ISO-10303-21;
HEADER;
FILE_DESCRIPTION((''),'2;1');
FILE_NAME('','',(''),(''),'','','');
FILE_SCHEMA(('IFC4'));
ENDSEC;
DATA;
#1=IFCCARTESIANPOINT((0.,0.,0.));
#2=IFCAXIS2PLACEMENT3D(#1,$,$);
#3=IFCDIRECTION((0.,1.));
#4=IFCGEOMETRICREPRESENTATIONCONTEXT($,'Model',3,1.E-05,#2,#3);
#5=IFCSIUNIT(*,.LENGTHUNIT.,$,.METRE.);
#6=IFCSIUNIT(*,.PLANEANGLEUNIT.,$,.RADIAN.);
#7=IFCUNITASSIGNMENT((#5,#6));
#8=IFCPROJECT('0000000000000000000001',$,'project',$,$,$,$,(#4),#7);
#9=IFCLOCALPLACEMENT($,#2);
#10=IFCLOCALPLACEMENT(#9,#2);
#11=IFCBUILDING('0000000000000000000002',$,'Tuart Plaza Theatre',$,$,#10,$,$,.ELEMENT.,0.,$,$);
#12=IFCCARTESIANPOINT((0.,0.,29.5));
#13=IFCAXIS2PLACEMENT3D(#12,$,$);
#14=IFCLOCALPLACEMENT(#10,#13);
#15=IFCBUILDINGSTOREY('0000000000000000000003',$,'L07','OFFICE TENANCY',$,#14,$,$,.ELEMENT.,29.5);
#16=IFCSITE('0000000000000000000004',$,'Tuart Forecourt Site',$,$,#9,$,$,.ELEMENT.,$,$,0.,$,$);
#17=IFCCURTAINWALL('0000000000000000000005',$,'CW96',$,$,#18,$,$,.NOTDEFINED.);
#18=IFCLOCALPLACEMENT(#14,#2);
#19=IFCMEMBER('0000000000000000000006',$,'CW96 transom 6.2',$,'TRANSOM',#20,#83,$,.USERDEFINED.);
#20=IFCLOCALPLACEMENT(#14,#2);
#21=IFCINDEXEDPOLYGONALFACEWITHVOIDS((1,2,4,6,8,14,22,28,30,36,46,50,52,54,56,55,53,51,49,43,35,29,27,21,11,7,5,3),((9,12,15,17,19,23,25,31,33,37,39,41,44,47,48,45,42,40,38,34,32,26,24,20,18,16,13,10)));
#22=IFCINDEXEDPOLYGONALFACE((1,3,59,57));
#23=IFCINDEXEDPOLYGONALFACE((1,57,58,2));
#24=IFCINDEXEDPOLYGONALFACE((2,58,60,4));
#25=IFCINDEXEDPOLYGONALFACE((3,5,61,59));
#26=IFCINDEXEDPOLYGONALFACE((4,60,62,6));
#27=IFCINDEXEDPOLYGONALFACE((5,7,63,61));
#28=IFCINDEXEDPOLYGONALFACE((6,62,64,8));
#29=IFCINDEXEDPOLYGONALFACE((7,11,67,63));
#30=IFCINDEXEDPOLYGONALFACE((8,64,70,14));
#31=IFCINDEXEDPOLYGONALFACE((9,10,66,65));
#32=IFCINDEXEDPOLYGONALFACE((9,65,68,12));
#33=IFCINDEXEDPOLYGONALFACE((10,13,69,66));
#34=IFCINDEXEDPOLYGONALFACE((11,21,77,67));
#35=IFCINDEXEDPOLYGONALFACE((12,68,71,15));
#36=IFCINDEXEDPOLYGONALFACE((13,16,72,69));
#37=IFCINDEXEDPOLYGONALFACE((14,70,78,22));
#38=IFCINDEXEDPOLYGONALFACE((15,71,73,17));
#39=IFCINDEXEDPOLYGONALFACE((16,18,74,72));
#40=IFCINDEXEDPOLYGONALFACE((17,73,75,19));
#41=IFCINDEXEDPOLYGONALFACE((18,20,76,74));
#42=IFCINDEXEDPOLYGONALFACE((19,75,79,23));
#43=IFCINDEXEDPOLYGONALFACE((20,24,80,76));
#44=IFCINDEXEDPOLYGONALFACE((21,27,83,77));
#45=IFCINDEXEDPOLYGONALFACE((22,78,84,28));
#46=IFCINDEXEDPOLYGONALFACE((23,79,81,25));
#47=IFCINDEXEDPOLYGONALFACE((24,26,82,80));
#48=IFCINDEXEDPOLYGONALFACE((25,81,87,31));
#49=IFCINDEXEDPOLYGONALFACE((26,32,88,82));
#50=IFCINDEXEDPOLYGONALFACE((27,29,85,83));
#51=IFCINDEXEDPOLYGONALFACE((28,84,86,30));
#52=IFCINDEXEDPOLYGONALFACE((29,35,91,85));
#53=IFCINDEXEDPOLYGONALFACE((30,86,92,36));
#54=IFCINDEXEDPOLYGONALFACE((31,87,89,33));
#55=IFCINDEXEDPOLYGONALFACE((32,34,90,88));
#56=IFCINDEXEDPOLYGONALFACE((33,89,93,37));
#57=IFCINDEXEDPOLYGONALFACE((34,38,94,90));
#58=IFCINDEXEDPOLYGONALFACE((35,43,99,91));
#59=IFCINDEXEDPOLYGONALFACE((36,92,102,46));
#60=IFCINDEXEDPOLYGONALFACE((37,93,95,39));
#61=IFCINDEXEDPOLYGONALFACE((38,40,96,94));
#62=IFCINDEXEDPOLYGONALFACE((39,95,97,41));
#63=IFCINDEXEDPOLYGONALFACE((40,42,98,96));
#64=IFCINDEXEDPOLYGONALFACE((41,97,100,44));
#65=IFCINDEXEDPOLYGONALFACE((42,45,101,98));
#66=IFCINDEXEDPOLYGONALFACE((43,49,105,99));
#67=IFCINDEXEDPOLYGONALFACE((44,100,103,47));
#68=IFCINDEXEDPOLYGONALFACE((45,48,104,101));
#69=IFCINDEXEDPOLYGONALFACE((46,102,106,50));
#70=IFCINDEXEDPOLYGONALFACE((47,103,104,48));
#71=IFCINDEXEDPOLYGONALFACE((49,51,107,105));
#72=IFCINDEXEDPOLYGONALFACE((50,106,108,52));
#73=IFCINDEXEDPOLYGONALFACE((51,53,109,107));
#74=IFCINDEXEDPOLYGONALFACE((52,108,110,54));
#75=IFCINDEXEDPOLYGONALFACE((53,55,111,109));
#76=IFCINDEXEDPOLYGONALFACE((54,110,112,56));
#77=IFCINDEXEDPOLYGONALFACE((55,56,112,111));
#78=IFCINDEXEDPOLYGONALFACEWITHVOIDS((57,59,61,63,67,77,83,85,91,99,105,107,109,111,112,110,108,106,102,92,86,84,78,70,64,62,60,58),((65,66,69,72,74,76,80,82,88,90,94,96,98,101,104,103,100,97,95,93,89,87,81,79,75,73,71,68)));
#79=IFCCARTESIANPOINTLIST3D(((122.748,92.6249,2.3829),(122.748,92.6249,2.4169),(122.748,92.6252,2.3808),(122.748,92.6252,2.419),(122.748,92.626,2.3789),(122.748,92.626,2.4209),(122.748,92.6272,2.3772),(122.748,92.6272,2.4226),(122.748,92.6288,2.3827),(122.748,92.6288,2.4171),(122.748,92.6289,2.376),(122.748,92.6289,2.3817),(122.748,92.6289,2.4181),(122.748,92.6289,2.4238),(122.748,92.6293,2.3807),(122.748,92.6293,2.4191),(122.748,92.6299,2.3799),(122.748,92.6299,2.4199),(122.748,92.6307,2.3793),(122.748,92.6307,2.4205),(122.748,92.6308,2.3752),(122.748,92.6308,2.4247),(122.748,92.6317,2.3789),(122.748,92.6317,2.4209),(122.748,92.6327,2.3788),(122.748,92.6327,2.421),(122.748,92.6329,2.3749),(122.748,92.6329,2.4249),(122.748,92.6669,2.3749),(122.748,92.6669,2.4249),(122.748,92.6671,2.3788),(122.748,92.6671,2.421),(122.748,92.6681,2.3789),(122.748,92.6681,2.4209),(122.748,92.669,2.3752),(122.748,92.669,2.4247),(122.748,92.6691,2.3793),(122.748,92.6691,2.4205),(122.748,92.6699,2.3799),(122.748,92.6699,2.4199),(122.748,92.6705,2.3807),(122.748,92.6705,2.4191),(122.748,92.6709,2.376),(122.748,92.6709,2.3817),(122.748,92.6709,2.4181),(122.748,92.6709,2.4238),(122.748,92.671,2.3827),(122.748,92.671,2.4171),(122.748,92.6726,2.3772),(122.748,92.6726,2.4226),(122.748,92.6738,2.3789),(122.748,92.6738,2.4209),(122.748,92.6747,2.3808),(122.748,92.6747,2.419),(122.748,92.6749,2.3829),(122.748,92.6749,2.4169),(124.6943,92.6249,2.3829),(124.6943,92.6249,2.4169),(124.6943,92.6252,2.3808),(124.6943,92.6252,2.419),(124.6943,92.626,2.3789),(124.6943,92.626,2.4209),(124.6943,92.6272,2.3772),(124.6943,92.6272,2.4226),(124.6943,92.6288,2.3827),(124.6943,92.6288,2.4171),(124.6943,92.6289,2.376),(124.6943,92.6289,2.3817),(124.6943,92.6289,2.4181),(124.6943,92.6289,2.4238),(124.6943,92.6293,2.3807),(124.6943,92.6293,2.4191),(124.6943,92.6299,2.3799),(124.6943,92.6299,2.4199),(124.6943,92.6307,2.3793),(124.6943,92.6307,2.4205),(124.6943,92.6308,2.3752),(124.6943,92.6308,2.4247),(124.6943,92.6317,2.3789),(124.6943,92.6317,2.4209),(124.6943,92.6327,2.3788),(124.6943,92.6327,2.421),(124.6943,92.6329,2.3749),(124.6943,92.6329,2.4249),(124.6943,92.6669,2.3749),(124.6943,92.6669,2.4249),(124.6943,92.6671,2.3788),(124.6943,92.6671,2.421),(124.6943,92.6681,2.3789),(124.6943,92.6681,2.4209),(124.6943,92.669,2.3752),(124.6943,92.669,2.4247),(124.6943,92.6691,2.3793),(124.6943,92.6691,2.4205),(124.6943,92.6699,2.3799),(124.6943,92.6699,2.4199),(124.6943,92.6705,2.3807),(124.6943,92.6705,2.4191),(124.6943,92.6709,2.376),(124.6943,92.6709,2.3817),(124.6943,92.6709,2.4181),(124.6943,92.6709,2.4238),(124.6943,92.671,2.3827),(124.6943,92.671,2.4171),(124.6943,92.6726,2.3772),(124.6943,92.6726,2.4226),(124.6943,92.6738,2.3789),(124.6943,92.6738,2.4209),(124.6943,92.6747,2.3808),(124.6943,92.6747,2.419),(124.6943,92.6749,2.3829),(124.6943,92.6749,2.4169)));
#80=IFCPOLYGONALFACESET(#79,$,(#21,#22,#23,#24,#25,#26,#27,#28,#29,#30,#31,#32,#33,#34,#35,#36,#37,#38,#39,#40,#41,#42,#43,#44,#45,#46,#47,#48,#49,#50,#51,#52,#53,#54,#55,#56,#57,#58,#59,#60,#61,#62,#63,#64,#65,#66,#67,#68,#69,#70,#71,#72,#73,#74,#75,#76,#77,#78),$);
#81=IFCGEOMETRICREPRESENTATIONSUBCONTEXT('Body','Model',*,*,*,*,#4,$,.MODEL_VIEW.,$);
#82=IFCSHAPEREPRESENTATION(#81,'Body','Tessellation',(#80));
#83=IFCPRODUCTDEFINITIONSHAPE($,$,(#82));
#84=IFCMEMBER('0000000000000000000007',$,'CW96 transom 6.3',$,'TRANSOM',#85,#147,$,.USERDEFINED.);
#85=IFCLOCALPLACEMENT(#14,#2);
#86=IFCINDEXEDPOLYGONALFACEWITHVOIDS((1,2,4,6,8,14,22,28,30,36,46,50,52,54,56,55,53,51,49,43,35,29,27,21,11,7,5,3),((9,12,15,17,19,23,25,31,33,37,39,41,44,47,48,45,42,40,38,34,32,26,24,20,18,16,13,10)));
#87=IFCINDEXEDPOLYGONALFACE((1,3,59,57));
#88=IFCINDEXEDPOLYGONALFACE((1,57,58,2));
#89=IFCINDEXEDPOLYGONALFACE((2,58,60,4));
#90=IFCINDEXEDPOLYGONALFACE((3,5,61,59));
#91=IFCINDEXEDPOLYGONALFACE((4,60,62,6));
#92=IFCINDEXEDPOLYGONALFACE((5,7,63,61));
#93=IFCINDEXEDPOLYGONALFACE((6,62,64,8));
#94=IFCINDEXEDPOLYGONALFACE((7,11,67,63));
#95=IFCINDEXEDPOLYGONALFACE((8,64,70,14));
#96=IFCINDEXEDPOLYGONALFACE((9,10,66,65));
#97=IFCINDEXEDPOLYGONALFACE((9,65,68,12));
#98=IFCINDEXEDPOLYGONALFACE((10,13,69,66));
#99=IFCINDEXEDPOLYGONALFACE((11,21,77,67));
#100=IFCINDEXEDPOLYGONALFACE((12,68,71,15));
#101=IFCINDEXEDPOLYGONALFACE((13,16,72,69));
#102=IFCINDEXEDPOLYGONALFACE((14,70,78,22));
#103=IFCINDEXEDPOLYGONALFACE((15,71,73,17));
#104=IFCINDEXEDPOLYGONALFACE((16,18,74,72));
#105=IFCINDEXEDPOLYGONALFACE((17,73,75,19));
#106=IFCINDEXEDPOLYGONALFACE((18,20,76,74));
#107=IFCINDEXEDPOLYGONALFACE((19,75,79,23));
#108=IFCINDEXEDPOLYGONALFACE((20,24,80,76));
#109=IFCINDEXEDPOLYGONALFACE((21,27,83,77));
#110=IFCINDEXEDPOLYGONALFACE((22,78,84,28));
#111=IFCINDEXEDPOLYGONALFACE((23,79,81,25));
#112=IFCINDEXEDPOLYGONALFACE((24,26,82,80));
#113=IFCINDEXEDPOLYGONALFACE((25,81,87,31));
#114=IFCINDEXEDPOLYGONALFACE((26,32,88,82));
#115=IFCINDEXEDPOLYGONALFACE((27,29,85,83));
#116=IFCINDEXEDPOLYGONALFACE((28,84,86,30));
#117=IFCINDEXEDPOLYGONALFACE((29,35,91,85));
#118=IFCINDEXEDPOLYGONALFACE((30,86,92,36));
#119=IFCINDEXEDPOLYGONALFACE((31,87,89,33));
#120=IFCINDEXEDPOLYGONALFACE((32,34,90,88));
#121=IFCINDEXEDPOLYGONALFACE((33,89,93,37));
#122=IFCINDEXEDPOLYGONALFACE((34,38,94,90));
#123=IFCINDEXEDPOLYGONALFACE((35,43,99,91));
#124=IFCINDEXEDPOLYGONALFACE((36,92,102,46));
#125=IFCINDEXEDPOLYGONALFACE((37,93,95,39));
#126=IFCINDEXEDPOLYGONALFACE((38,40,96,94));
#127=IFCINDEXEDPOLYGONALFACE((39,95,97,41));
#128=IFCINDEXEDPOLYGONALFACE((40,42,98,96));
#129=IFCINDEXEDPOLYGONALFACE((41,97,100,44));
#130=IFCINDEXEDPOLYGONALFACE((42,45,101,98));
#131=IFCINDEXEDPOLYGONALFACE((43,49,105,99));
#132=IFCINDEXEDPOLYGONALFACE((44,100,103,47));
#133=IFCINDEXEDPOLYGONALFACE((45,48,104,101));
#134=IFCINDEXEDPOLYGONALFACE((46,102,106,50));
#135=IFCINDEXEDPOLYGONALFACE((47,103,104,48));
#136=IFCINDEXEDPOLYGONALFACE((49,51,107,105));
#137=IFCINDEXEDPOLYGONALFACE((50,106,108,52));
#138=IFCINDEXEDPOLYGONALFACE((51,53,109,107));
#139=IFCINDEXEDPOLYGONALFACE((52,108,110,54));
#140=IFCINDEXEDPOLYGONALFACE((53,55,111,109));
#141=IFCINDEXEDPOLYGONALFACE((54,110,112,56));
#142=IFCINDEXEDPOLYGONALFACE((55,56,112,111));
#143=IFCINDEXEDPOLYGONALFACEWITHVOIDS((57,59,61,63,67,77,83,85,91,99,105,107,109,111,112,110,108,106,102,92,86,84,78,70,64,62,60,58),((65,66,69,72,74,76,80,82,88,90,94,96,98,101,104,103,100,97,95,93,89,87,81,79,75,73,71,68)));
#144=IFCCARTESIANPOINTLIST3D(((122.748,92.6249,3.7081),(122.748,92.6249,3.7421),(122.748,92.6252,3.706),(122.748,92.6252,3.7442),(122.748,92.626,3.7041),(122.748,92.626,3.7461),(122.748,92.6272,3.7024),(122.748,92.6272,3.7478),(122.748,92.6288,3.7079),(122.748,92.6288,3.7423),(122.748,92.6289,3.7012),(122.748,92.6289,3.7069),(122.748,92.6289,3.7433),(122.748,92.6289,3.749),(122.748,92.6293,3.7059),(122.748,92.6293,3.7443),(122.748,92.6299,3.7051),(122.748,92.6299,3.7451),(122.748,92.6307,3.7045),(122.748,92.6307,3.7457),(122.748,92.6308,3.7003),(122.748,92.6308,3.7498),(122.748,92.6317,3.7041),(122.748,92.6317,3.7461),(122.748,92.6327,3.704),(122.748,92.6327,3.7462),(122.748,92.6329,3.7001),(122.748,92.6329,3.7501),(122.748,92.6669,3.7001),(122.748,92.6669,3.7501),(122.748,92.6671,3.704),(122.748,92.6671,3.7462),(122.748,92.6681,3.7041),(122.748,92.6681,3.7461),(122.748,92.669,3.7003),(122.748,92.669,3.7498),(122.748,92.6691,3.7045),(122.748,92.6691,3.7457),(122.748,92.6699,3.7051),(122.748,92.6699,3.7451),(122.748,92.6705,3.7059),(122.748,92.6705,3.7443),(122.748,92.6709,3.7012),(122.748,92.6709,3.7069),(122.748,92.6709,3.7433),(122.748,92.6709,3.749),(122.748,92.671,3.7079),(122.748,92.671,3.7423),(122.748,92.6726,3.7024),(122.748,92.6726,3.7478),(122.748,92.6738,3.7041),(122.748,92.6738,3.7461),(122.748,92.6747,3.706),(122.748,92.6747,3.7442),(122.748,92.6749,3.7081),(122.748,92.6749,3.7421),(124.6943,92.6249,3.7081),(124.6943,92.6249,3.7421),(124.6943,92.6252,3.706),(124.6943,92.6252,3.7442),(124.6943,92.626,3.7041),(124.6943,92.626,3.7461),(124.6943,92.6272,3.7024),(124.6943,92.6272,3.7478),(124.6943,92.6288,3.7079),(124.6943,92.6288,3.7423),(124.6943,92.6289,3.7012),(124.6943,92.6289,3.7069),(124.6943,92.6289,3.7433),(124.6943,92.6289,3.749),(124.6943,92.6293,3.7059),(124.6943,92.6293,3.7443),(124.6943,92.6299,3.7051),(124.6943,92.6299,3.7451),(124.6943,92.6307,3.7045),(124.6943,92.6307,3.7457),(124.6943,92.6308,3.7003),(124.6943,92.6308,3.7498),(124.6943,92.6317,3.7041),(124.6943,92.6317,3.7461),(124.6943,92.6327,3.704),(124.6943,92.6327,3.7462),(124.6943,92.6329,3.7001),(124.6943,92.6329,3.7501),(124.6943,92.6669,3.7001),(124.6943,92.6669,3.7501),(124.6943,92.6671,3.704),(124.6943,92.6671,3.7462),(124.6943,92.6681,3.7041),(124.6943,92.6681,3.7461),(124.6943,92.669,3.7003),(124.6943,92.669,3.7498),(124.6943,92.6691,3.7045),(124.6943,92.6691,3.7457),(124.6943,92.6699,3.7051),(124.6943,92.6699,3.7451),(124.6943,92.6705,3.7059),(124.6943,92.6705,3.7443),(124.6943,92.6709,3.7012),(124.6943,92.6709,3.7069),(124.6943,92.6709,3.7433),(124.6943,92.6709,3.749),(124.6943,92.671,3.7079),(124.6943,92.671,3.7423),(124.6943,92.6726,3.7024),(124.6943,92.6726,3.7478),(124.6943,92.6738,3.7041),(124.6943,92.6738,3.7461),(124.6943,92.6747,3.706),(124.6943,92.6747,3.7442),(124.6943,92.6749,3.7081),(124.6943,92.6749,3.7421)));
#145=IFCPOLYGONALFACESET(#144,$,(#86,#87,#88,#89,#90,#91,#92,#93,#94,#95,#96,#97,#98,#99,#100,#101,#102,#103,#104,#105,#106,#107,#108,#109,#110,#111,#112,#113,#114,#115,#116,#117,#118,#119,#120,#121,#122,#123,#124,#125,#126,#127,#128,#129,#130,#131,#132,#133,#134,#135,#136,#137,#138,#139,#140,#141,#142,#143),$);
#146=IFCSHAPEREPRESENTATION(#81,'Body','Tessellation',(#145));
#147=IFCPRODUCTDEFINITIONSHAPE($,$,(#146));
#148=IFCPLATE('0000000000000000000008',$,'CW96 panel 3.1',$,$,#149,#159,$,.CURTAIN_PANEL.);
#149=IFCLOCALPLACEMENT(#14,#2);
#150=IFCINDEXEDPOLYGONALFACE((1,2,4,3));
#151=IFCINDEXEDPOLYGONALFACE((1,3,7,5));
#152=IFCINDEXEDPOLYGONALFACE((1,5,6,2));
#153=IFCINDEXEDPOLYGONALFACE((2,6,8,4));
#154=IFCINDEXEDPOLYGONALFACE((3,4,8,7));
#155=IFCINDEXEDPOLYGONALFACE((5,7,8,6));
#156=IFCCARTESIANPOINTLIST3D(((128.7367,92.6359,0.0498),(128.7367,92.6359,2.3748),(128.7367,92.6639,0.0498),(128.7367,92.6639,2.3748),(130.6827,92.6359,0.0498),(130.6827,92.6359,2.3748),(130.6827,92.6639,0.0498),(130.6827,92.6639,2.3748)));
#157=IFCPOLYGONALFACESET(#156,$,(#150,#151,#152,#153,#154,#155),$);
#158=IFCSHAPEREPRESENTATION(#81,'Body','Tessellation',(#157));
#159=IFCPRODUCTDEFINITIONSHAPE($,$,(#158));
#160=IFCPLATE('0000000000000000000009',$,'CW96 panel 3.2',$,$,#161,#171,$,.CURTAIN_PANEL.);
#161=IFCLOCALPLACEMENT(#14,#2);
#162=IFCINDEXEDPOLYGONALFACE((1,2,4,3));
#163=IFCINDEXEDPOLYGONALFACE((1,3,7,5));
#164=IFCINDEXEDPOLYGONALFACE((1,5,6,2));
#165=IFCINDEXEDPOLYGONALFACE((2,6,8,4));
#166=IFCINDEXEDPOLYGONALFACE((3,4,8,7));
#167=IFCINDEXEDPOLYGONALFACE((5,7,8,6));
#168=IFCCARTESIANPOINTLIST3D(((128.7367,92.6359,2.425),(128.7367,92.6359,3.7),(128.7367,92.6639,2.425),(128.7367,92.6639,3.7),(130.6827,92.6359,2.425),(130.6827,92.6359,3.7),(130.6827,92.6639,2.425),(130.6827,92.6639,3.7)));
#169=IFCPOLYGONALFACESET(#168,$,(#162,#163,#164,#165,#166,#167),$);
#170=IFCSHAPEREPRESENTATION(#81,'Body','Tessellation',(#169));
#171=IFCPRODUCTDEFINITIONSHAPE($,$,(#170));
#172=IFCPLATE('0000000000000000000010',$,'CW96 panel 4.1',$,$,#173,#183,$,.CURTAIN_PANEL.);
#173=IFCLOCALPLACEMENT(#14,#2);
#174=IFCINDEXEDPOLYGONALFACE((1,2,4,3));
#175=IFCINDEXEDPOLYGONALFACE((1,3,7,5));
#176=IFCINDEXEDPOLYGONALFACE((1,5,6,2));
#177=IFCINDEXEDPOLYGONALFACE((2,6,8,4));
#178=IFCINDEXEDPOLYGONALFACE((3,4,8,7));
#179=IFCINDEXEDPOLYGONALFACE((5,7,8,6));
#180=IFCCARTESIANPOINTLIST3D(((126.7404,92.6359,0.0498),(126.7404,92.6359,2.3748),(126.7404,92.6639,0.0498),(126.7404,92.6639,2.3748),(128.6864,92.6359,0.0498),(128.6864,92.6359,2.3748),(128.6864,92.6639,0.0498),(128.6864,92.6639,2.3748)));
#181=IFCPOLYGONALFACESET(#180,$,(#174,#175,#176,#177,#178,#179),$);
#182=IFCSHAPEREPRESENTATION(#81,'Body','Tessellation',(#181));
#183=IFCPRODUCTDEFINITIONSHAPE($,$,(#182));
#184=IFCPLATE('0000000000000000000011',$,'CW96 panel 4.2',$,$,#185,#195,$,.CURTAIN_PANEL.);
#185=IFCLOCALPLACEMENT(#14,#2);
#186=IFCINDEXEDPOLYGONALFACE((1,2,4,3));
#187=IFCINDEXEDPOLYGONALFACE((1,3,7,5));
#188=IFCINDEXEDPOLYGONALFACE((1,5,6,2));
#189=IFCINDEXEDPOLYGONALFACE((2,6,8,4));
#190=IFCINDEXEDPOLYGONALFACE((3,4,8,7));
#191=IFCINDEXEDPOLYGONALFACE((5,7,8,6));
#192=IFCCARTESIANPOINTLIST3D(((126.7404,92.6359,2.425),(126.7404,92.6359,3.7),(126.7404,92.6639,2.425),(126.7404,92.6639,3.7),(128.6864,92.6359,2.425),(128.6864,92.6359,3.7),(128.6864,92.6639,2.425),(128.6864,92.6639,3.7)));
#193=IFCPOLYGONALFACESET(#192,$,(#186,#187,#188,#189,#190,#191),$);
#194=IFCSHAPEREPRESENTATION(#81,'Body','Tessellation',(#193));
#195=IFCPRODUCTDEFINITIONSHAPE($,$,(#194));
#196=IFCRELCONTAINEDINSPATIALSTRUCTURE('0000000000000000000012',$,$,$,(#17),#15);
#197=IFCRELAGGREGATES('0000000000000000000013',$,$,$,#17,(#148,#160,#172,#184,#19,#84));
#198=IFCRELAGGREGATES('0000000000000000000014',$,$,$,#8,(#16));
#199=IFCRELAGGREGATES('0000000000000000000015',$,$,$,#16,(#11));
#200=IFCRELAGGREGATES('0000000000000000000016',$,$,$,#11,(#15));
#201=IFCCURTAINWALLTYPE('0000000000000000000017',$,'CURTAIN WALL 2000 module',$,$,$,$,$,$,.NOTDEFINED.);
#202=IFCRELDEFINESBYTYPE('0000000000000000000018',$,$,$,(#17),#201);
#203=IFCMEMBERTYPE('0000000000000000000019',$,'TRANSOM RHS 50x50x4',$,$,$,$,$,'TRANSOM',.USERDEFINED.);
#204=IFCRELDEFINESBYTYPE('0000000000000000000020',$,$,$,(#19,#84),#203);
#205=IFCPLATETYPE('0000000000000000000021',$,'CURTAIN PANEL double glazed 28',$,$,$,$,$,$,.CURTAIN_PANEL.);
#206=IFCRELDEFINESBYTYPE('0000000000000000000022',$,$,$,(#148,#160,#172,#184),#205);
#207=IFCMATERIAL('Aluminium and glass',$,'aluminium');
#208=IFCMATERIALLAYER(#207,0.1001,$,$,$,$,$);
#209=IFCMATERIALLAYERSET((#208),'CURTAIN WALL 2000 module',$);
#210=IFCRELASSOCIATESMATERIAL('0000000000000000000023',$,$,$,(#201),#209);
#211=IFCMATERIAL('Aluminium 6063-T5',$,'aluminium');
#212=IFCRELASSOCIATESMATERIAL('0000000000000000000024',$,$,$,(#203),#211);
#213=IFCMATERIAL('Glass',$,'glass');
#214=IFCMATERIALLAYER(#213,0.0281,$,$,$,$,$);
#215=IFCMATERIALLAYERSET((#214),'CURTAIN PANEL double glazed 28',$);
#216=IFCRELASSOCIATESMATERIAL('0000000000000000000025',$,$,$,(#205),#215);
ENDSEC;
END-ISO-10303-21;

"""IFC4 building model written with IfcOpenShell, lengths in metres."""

from ifc_helpers import new_model, si_unit, direction, frame, origin, origin_2d, place, context, subcontext, project, spatial, rectangle, hollow_rectangle, extrude, material, layer, layer_set, material_profile, profile_set, type_object, element, aggregate, save


model = new_model("IFC4")

# Units and contexts
model_context = context("Model", 3, precision=1e-05, world=origin(), true_north=direction((0.0, 1.0)))
body_context = subcontext(model_context, "Body", "Model", "MODEL_VIEW")
ifc_project = project(units=[si_unit("LENGTHUNIT", "METRE"), si_unit("PLANEANGLEUNIT", "RADIAN")], contexts=[model_context])

# Site, building, storey
site_placement = place(None, origin())
site = spatial("IfcSite", under=ifc_project, at=site_placement, Name="Tuart Forecourt Site", CompositionType="ELEMENT", RefElevation=0.0)
building_placement = place(site_placement, origin())
building = spatial("IfcBuilding", under=site, at=building_placement, Name="Tuart Plaza Theatre", CompositionType="ELEMENT", ElevationOfRefHeight=0.0)
storey_placement = place(building_placement, frame((0.0, 0.0, 29.5)))
storey = spatial("IfcBuildingStorey", under=building, at=storey_placement, Name="L07", Description="OFFICE TENANCY", CompositionType="ELEMENT", Elevation=29.5)

# Curtain wall, members, plates
ifc_material_1 = material(Name="Aluminium and glass", Category="aluminium")
ifc_layer_1 = layer(ifc_material_1, 0.1001)
ifc_layer_set_1 = layer_set([ifc_layer_1], Name="CURTAIN WALL 2000 module")
curtain_wall_type = type_object("IfcCurtainWallType", Name="CURTAIN WALL 2000 module", PredefinedType="NOTDEFINED", material=ifc_layer_set_1)
curtain_wall_placement = place(storey_placement, origin())
curtain_wall = element("IfcCurtainWall", 1, at=curtain_wall_placement, inside=storey, type_object=curtain_wall_type, Name="CW96", PredefinedType="NOTDEFINED")
ifc_material_2 = material(Name="Aluminium 6063-T5", Category="aluminium")
ifc_material_profile_1 = material_profile(ifc_material_2, hollow_rectangle(XDim=0.05, YDim=0.05, WallThickness=0.0039, InnerFilletRadius=0.0039, OuterFilletRadius=0.0081, at=origin_2d()), Name="RHS 50x50x4")
ifc_profile_set_1 = profile_set([ifc_material_profile_1], Name="Aluminium 6063-T5")
member_type_1 = type_object("IfcMemberType", Name="TRANSOM RHS 50x50x4", ElementType="TRANSOM", PredefinedType="USERDEFINED", material=ifc_profile_set_1)
member_1_placement = place(storey_placement, frame((124.6943, 92.6499, 2.3999), z_axis=(-1.0, 0.0, 0.0), x_axis=(0.0, -1.0, 0.0)))
member_1 = element("IfcMember", 2, at=member_1_placement, type_object=member_type_1, Name="CW96 transom 6.2", ObjectType="TRANSOM", PredefinedType="USERDEFINED", context=body_context, shape_type="SweptSolid", body=[
    extrude(hollow_rectangle(XDim=0.05, YDim=0.05, WallThickness=0.0039, InnerFilletRadius=0.0039, OuterFilletRadius=0.0081, at=origin_2d()), origin(), (0.0, 0.0, 1.0), 1.9463),
])
member_2_placement = place(storey_placement, frame((124.6943, 92.6499, 3.7251), z_axis=(-1.0, 0.0, 0.0), x_axis=(0.0, -1.0, 0.0)))
member_2 = element("IfcMember", 3, at=member_2_placement, type_object=member_type_1, Name="CW96 transom 6.3", ObjectType="TRANSOM", PredefinedType="USERDEFINED", context=body_context, shape_type="SweptSolid", body=[
    extrude(hollow_rectangle(XDim=0.05, YDim=0.05, WallThickness=0.0039, InnerFilletRadius=0.0039, OuterFilletRadius=0.0081, at=origin_2d()), origin(), (0.0, 0.0, 1.0), 1.9463),
])
ifc_material_3 = material(Name="Glass", Category="glass")
ifc_layer_2 = layer(ifc_material_3, 0.0281)
ifc_layer_set_2 = layer_set([ifc_layer_2], Name="CURTAIN PANEL double glazed 28")
plate_type = type_object("IfcPlateType", Name="CURTAIN PANEL double glazed 28", PredefinedType="CURTAIN_PANEL", material=ifc_layer_set_2)
plate_1_placement = place(storey_placement, frame((129.7097, 92.6499, 0.0498), z_axis=(0.0, 0.0, 1.0), x_axis=(-1.0, 0.0, 0.0)))
plate_1 = element("IfcPlate", 4, at=plate_1_placement, type_object=plate_type, Name="CW96 panel 3.1", PredefinedType="CURTAIN_PANEL", context=body_context, shape_type="SweptSolid", body=[
    extrude(rectangle(XDim=1.946, YDim=0.0281, at=origin_2d()), origin(), (0.0, 0.0, 1.0), 2.325),
])
plate_2_placement = place(storey_placement, frame((129.7097, 92.6499, 2.425), z_axis=(0.0, 0.0, 1.0), x_axis=(-1.0, 0.0, 0.0)))
plate_2 = element("IfcPlate", 5, at=plate_2_placement, type_object=plate_type, Name="CW96 panel 3.2", PredefinedType="CURTAIN_PANEL", context=body_context, shape_type="SweptSolid", body=[
    extrude(rectangle(XDim=1.946, YDim=0.0281, at=origin_2d()), origin(), (0.0, 0.0, 1.0), 1.2749),
])
plate_3_placement = place(storey_placement, frame((127.7134, 92.6499, 0.0498), z_axis=(0.0, 0.0, 1.0), x_axis=(-1.0, 0.0, 0.0)))
plate_3 = element("IfcPlate", 6, at=plate_3_placement, type_object=plate_type, Name="CW96 panel 4.1", PredefinedType="CURTAIN_PANEL", context=body_context, shape_type="SweptSolid", body=[
    extrude(rectangle(XDim=1.946, YDim=0.0281, at=origin_2d()), origin(), (0.0, 0.0, 1.0), 2.325),
])
plate_4_placement = place(storey_placement, frame((127.7134, 92.6499, 2.425), z_axis=(0.0, 0.0, 1.0), x_axis=(-1.0, 0.0, 0.0)))
plate_4 = element("IfcPlate", 7, at=plate_4_placement, type_object=plate_type, Name="CW96 panel 4.2", PredefinedType="CURTAIN_PANEL", context=body_context, shape_type="SweptSolid", body=[
    extrude(rectangle(XDim=1.946, YDim=0.0281, at=origin_2d()), origin(), (0.0, 0.0, 1.0), 1.2749),
])
aggregate(curtain_wall, [plate_1, plate_2, plate_3, plate_4, member_1, member_2])

save(model, "model.ifc")
